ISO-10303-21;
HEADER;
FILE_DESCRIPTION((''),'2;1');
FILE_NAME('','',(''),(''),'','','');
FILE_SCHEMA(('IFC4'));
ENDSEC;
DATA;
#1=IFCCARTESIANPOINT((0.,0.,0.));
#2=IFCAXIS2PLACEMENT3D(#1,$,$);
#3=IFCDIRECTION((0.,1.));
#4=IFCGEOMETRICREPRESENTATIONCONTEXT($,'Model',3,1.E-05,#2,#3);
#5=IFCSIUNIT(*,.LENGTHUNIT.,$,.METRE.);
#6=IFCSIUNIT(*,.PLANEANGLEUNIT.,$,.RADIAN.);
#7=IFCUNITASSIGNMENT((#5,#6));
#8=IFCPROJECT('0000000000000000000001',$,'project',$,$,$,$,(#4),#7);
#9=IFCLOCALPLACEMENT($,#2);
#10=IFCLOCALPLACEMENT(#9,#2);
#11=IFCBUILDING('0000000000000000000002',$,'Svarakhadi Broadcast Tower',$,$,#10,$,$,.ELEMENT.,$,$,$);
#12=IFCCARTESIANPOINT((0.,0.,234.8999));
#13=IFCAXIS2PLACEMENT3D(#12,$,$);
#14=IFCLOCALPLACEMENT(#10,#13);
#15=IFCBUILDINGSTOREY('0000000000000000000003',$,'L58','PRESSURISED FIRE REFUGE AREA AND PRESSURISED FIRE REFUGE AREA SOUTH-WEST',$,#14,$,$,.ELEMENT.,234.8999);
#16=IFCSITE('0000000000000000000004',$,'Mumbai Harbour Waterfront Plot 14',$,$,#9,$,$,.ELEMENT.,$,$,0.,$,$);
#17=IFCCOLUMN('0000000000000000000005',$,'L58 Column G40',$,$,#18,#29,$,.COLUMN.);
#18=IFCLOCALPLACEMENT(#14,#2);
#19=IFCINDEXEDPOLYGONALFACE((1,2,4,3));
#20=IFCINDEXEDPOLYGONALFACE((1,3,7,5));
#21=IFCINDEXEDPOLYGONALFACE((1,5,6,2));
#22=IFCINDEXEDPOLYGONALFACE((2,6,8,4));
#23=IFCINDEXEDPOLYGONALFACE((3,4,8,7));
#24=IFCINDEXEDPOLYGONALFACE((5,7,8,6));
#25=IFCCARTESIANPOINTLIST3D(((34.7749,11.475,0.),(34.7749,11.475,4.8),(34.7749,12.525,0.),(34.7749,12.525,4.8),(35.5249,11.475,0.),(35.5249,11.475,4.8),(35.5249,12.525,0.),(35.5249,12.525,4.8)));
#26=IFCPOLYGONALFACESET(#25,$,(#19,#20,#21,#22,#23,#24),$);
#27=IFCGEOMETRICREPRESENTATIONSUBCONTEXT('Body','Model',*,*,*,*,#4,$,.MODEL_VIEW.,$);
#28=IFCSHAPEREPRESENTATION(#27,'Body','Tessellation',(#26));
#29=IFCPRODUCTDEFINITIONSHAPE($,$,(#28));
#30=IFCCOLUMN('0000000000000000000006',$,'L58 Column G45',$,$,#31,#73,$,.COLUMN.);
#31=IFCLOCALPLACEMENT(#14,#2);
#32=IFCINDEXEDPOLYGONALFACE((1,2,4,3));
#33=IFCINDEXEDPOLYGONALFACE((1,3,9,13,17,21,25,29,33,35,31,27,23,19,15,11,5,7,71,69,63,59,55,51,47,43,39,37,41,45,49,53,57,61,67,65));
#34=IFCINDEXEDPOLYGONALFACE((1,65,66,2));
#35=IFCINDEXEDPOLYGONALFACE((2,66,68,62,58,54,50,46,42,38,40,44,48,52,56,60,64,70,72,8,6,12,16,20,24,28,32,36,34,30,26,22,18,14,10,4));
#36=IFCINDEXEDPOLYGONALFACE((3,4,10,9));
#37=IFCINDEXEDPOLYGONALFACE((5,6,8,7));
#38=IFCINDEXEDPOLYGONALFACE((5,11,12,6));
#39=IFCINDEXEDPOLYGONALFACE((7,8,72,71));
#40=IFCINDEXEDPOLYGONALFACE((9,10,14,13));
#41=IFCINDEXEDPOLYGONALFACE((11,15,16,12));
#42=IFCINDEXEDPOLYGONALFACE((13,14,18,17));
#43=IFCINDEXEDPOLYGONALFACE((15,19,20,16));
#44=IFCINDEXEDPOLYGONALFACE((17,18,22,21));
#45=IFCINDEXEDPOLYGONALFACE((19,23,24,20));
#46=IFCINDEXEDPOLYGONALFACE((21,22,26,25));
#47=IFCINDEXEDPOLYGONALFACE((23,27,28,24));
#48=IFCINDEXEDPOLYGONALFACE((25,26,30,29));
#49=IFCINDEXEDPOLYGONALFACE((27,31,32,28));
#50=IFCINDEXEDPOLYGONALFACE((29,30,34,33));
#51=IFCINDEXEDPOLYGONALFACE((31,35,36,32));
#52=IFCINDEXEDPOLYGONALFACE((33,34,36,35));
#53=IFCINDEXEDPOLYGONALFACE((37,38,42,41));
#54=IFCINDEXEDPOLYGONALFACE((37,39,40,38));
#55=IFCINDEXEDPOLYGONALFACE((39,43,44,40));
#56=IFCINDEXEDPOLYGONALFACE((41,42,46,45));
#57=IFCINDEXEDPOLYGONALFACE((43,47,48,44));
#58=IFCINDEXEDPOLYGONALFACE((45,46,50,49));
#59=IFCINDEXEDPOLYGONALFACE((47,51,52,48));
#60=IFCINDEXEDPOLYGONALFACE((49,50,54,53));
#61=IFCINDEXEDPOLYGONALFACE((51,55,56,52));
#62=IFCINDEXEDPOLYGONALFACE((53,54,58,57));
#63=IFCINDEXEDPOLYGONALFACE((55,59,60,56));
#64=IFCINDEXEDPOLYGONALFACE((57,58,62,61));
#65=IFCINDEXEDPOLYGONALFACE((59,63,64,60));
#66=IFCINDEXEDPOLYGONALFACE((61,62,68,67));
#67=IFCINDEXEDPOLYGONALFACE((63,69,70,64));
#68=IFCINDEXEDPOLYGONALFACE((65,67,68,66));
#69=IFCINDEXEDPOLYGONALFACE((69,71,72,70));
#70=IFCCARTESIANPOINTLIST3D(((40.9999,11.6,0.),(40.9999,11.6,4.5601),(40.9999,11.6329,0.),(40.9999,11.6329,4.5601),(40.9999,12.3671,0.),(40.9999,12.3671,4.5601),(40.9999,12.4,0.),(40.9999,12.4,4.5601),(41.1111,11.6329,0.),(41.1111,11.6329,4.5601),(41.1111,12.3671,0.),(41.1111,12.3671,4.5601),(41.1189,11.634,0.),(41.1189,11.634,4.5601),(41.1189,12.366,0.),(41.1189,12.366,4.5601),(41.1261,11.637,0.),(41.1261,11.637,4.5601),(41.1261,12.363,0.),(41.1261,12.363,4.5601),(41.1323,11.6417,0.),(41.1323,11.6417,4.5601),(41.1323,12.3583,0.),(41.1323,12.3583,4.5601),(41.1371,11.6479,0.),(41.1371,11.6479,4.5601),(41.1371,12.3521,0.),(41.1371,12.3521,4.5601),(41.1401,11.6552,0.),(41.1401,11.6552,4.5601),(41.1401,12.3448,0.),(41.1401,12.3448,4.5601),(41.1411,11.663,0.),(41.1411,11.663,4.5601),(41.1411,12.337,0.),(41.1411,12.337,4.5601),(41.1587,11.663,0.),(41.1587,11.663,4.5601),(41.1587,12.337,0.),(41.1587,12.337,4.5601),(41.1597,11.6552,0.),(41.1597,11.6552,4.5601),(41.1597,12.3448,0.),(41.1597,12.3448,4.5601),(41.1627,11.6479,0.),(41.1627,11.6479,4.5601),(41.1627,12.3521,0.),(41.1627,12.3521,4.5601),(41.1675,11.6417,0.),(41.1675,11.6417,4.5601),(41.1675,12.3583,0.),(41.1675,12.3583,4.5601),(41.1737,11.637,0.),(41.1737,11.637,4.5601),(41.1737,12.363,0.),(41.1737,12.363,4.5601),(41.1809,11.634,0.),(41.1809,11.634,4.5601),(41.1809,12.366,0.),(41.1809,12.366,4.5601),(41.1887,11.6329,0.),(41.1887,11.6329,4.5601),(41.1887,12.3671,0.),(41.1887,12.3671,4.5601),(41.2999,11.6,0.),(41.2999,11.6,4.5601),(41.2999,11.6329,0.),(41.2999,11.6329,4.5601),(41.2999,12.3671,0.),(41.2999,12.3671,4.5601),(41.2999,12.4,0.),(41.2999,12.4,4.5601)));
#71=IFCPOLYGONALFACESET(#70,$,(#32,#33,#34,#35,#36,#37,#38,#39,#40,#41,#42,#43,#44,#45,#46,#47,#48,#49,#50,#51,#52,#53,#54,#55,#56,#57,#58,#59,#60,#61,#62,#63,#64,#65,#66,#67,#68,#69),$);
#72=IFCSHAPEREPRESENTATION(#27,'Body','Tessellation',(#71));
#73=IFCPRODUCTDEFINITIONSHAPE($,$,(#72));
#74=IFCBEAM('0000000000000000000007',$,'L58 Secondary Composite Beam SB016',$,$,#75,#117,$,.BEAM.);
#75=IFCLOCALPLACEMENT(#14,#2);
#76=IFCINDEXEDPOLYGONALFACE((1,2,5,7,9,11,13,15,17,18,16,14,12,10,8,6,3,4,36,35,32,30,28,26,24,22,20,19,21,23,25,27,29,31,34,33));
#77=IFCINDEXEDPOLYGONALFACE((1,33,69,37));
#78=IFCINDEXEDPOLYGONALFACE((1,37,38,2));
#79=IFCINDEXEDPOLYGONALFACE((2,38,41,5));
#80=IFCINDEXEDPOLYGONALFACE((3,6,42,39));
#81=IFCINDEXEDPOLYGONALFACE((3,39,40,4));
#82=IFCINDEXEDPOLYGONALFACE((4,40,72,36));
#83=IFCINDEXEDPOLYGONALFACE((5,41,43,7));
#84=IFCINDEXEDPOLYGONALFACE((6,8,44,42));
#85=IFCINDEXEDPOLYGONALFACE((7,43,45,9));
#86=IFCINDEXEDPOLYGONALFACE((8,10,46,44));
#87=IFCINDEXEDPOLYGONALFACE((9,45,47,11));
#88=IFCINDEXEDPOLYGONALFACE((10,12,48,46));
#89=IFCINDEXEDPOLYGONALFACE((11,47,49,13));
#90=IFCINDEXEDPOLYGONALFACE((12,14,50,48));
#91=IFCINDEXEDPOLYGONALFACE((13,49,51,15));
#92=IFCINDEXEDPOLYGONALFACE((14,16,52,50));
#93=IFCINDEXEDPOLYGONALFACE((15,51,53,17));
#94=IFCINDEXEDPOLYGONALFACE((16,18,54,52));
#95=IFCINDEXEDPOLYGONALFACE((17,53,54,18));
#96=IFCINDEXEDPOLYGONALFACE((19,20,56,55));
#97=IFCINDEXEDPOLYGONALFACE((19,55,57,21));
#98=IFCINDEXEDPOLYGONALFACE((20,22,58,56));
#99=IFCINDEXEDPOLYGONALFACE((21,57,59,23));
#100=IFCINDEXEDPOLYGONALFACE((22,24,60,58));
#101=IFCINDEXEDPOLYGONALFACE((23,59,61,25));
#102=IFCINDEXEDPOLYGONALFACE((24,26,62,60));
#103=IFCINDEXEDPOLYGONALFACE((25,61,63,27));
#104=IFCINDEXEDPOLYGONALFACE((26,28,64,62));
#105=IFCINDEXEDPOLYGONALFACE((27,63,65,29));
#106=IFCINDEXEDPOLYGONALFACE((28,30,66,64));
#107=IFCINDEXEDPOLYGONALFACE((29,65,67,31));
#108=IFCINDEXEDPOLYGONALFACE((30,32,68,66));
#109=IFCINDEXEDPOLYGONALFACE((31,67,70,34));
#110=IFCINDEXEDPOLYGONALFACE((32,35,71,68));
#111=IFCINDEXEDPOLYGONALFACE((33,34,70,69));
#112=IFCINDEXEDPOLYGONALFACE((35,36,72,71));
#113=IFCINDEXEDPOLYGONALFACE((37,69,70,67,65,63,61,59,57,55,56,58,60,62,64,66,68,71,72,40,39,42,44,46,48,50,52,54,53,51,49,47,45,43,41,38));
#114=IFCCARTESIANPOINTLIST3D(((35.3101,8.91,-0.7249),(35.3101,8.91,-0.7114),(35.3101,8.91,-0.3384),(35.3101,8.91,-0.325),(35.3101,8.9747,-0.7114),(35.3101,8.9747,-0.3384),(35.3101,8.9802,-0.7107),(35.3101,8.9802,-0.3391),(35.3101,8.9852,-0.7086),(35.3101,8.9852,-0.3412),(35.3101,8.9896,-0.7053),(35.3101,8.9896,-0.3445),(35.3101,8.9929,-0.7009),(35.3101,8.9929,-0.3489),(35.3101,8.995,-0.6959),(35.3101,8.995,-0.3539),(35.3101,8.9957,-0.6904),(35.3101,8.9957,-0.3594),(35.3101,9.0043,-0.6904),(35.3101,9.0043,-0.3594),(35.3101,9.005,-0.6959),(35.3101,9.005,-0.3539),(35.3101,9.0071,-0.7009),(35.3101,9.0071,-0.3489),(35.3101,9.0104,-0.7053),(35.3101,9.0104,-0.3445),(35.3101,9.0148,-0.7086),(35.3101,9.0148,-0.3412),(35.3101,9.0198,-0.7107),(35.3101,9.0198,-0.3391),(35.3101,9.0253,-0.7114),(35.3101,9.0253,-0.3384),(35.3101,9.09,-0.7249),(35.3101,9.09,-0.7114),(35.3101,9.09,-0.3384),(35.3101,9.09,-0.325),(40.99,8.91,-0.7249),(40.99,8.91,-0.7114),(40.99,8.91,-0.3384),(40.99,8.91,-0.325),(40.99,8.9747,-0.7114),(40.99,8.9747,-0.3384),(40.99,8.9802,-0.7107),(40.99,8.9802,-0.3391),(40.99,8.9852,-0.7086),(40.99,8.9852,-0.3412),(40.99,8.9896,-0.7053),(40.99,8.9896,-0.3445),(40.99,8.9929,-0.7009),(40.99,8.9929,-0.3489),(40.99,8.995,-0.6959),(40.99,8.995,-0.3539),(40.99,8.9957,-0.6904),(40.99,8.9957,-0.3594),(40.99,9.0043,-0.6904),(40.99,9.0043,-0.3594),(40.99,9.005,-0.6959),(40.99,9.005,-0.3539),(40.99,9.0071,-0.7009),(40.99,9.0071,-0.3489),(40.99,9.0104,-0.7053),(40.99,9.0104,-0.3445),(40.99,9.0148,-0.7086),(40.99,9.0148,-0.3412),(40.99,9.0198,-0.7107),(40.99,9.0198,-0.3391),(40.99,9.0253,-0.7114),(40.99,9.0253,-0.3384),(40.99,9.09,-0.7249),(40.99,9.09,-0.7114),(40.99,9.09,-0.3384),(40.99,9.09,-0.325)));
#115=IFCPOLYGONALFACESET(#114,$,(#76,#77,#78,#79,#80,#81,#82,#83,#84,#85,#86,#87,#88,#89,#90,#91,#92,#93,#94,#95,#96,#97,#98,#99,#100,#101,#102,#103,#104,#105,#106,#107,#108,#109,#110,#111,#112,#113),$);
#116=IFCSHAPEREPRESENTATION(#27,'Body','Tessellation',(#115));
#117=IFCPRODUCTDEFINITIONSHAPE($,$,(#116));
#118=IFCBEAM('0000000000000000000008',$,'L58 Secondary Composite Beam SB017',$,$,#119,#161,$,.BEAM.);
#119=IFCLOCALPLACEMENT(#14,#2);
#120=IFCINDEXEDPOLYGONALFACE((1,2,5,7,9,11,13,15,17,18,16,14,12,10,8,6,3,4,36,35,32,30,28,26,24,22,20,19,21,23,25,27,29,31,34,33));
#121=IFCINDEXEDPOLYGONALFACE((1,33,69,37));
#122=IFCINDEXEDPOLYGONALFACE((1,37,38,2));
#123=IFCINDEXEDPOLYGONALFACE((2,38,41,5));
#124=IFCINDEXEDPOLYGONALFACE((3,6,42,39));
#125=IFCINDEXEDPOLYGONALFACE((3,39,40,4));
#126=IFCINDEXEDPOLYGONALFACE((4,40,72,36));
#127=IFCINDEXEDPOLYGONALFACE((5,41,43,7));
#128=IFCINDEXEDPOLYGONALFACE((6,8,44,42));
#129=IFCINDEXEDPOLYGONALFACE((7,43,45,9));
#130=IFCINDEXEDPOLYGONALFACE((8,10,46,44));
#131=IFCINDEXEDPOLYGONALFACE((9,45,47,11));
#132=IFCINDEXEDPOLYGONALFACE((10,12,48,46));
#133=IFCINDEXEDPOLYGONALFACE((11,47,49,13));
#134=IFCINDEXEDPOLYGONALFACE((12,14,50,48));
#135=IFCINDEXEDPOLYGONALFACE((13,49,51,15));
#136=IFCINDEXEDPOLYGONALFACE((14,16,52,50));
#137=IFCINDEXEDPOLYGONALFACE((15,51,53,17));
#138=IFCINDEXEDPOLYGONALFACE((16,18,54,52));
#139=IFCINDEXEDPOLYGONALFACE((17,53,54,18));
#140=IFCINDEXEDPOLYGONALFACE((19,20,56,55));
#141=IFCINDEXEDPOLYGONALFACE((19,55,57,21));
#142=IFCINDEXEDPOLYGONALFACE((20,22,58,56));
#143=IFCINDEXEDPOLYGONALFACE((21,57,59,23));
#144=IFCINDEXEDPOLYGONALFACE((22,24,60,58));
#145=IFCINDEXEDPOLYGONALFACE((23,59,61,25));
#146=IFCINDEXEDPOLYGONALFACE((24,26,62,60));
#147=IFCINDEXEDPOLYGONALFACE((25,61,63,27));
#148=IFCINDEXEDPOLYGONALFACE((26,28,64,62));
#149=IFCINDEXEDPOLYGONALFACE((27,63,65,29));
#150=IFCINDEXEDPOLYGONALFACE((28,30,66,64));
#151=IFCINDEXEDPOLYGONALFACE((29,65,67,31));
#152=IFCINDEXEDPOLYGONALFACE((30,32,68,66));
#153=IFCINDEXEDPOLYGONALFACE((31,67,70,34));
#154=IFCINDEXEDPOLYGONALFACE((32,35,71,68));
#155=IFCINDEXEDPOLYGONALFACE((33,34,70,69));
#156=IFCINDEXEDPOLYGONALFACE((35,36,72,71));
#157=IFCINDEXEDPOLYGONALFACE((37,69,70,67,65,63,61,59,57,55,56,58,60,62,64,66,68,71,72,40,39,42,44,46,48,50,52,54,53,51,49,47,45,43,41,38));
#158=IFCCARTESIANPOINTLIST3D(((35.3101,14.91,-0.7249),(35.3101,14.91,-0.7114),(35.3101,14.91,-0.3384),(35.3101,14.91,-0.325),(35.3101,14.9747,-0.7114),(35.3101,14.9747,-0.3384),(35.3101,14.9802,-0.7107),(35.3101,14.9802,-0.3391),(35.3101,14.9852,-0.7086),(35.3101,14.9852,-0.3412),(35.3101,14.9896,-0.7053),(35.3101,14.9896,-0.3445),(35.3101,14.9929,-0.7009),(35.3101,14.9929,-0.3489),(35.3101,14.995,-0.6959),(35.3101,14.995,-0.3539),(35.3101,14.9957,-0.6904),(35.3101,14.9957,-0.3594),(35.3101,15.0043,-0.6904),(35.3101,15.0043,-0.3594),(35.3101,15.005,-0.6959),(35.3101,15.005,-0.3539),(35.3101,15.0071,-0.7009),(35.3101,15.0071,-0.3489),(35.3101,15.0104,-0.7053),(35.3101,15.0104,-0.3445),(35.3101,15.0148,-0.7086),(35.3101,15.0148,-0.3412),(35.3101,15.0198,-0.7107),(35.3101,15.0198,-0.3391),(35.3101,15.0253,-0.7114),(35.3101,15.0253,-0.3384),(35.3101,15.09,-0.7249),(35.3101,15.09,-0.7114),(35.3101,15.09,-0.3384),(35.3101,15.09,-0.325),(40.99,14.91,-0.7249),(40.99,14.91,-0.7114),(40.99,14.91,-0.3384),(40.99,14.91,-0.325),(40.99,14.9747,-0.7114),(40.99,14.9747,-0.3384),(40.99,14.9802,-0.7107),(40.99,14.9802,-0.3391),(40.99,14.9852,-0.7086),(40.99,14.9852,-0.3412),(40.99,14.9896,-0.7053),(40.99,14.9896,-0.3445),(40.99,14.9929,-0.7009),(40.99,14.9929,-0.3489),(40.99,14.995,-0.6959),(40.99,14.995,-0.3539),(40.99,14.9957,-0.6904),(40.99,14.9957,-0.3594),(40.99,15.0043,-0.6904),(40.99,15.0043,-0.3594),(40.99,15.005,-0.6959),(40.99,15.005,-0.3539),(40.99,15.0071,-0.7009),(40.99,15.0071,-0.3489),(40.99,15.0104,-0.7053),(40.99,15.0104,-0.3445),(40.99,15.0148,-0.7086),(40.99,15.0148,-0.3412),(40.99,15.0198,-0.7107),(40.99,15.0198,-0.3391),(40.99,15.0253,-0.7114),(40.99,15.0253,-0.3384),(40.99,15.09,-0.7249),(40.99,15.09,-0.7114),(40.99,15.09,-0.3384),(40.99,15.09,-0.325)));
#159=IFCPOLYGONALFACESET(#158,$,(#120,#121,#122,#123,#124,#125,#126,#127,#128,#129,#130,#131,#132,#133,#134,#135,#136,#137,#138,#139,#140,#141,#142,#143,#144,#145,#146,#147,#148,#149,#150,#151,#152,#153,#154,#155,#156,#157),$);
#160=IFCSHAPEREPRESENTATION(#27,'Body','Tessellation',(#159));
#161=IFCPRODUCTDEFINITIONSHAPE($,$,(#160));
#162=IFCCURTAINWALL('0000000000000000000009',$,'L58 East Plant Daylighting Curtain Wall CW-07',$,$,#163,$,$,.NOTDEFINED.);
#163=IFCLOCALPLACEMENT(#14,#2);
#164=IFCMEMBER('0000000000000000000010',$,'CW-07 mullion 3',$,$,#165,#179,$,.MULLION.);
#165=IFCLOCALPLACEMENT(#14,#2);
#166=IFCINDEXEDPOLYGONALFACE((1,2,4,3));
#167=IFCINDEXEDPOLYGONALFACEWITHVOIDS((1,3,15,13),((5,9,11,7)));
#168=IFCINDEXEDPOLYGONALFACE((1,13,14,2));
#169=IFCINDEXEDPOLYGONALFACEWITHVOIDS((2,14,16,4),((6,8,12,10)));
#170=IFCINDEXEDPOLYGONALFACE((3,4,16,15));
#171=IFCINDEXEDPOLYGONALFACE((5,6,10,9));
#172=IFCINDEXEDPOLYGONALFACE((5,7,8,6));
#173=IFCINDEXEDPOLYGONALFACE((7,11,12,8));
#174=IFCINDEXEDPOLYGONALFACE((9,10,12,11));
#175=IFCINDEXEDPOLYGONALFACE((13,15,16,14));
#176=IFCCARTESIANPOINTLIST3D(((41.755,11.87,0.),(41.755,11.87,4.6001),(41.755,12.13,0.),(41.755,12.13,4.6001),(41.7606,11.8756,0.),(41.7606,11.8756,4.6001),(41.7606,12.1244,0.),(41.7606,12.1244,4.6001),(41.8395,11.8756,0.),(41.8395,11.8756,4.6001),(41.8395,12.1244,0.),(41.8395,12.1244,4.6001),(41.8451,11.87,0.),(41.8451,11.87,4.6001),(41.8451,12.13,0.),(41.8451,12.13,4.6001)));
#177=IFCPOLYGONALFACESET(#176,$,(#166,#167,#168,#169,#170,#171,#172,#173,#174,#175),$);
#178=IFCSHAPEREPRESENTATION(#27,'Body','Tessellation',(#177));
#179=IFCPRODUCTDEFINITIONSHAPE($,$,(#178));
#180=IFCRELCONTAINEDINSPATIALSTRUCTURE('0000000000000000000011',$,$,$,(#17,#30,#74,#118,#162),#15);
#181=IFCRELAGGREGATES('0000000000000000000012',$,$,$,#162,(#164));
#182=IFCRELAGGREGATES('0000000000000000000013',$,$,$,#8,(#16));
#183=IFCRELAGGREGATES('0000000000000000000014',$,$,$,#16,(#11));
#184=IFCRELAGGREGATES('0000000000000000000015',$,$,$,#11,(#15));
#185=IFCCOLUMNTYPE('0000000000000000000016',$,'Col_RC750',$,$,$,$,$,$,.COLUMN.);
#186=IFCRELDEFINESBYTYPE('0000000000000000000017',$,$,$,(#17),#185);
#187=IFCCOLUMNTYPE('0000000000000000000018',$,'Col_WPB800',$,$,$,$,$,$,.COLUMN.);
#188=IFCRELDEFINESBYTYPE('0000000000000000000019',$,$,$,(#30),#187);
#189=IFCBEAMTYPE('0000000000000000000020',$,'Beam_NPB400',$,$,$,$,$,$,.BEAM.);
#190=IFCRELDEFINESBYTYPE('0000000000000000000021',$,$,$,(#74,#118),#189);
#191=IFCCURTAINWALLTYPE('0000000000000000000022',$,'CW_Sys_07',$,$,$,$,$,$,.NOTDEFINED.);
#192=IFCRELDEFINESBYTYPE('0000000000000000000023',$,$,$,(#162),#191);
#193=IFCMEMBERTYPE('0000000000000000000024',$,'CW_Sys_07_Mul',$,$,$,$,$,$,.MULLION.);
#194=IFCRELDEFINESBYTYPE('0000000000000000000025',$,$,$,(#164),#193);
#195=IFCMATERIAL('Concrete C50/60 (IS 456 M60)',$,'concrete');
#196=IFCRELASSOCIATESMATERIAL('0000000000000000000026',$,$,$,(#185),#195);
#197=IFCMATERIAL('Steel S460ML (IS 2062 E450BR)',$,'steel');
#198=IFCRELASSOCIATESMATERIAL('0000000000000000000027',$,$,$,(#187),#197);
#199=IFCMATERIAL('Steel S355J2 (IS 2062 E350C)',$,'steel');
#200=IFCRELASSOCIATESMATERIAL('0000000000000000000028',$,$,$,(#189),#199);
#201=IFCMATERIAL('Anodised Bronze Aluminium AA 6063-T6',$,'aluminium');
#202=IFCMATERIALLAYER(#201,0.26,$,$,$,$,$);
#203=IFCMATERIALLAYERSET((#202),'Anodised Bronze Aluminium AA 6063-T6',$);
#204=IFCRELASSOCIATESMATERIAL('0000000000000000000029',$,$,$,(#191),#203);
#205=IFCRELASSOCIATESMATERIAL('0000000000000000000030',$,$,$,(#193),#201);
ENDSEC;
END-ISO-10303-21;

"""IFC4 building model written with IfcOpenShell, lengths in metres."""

from ifc_helpers import new_model, si_unit, direction, frame, origin, origin_2d, place, context, subcontext, project, spatial, rectangle, hollow_rectangle, i_section, extrude, material, layer, layer_set, material_profile, profile_set, type_object, element, aggregate, save


model = new_model("IFC4")

# Units and contexts
model_context = context("Model", 3, precision=1e-05, world=origin(), true_north=direction((0.0, 1.0)))
body_context = subcontext(model_context, "Body", "Model", "MODEL_VIEW")
ifc_project = project(units=[si_unit("LENGTHUNIT", "METRE"), si_unit("PLANEANGLEUNIT", "RADIAN")], contexts=[model_context])

# Site, building, storey
site_placement = place(None, origin())
site = spatial("IfcSite", under=ifc_project, at=site_placement, Name="Mumbai Harbour Waterfront Plot 14", CompositionType="ELEMENT", RefElevation=0.0)
building_placement = place(site_placement, origin())
building = spatial("IfcBuilding", under=site, at=building_placement, Name="Svarakhadi Broadcast Tower", CompositionType="ELEMENT")
storey_placement = place(building_placement, frame((0.0, 0.0, 234.8999)))
storey = spatial("IfcBuildingStorey", under=building, at=storey_placement, Name="L58", Description="PRESSURISED FIRE REFUGE AREA AND PRESSURISED FIRE REFUGE AREA SOUTH-WEST", CompositionType="ELEMENT", Elevation=234.8999)

# Columns
ifc_material_1 = material(Name="Concrete C50/60 (IS 456 M60)", Category="concrete")
ifc_material_profile_1 = material_profile(ifc_material_1, rectangle(XDim=0.75, YDim=1.05, at=origin_2d()), Name="RC 750x1050")
ifc_profile_set_1 = profile_set([ifc_material_profile_1], Name="Concrete C50/60 (IS 456 M60)")
column_type_1 = type_object("IfcColumnType", Name="Col_RC750", PredefinedType="COLUMN", material=ifc_profile_set_1)
column_1_placement = place(storey_placement, frame((35.1499, 12.0, 0.0), z_axis=(0.0, 0.0, 1.0), x_axis=(1.0, 0.0, 0.0)))
element("IfcColumn", 1, at=column_1_placement, inside=storey, type_object=column_type_1, Name="L58 Column G40", PredefinedType="COLUMN", context=body_context, shape_type="SweptSolid", body=[
    extrude(rectangle(XDim=0.75, YDim=1.05, at=origin_2d()), origin(), (0.0, 0.0, 1.0), 4.8),
])
ifc_material_2 = material(Name="Steel S460ML (IS 2062 E450BR)", Category="steel")
ifc_material_profile_2 = material_profile(ifc_material_2, i_section(OverallWidth=0.3, OverallDepth=0.8, WebThickness=0.0176, FlangeThickness=0.033, FilletRadius=0.03, at=origin_2d()), Name="WPB 800x300x262")
ifc_profile_set_2 = profile_set([ifc_material_profile_2], Name="Steel S460ML (IS 2062 E450BR)")
column_type_2 = type_object("IfcColumnType", Name="Col_WPB800", PredefinedType="COLUMN", material=ifc_profile_set_2)
column_2_placement = place(storey_placement, frame((41.1499, 12.0, 0.0), z_axis=(0.0, 0.0, 1.0), x_axis=(1.0, 0.0, 0.0)))
element("IfcColumn", 2, at=column_2_placement, inside=storey, type_object=column_type_2, Name="L58 Column G45", PredefinedType="COLUMN", context=body_context, shape_type="SweptSolid", body=[
    extrude(i_section(OverallWidth=0.3, OverallDepth=0.8, WebThickness=0.0176, FlangeThickness=0.033, FilletRadius=0.03, at=origin_2d()), origin(), (0.0, 0.0, 1.0), 4.5601),
])

# Beams
ifc_material_3 = material(Name="Steel S355J2 (IS 2062 E350C)", Category="steel")
ifc_material_profile_3 = material_profile(ifc_material_3, i_section(OverallWidth=0.1799, OverallDepth=0.3999, WebThickness=0.0085, FlangeThickness=0.0134, FilletRadius=0.021, at=origin_2d()), Name="NPB 400x180x66")
ifc_profile_set_3 = profile_set([ifc_material_profile_3], Name="Steel S355J2 (IS 2062 E350C)")
beam_type_1 = type_object("IfcBeamType", Name="Beam_NPB400", PredefinedType="BEAM", material=ifc_profile_set_3)
for number, where, z_axis, x_axis, name in (
    (3, (35.3101, 9.0, -0.5249), (1.0, 0.0, 0.0), (0.0, 1.0, 0.0), "L58 Secondary Composite Beam SB016"),
    (4, (35.3101, 15.0, -0.5249), (1.0, 0.0, 0.0), (0.0, 1.0, 0.0), "L58 Secondary Composite Beam SB017"),
):
    element("IfcBeam", number, at=place(storey_placement, frame(where, z_axis=z_axis, x_axis=x_axis)), inside=storey, type_object=beam_type_1, Name=name, PredefinedType="BEAM", context=body_context, shape_type="SweptSolid", body=[
        extrude(i_section(OverallWidth=0.1799, OverallDepth=0.3999, WebThickness=0.0085, FlangeThickness=0.0134, FilletRadius=0.021, at=origin_2d()), origin(), (0.0, 0.0, 1.0), 5.6799),
    ])

# Curtain wall, member
ifc_material_4 = material(Name="Anodised Bronze Aluminium AA 6063-T6", Category="aluminium")
ifc_layer_1 = layer(ifc_material_4, 0.26)
ifc_layer_set_1 = layer_set([ifc_layer_1], Name="Anodised Bronze Aluminium AA 6063-T6")
curtain_wall_type = type_object("IfcCurtainWallType", Name="CW_Sys_07", PredefinedType="NOTDEFINED", material=ifc_layer_set_1)
curtain_wall_placement = place(storey_placement, origin())
curtain_wall = element("IfcCurtainWall", 5, at=curtain_wall_placement, inside=storey, type_object=curtain_wall_type, Name="L58 East Plant Daylighting Curtain Wall CW-07", PredefinedType="NOTDEFINED")
ifc_material_profile_4 = material_profile(ifc_material_4, hollow_rectangle(XDim=0.0901, YDim=0.26, WallThickness=0.0056, at=origin_2d()), Name="ALU MULLION 260x90x6")
ifc_profile_set_4 = profile_set([ifc_material_profile_4], Name="Anodised Bronze Aluminium AA 6063-T6")
member_type_1 = type_object("IfcMemberType", Name="CW_Sys_07_Mul", PredefinedType="MULLION", material=ifc_profile_set_4)
member_1_placement = place(storey_placement, frame((41.8, 12.0, 0.0), z_axis=(0.0, 0.0, 1.0), x_axis=(1.0, 0.0, 0.0)))
member_1 = element("IfcMember", 6, at=member_1_placement, type_object=member_type_1, Name="CW-07 mullion 3", PredefinedType="MULLION", context=body_context, shape_type="SweptSolid", body=[
    extrude(hollow_rectangle(XDim=0.0901, YDim=0.26, WallThickness=0.0056, at=origin_2d()), origin(), (0.0, 0.0, 1.0), 4.6001),
])

aggregate(curtain_wall, [member_1])

save(model, "model.ifc")
